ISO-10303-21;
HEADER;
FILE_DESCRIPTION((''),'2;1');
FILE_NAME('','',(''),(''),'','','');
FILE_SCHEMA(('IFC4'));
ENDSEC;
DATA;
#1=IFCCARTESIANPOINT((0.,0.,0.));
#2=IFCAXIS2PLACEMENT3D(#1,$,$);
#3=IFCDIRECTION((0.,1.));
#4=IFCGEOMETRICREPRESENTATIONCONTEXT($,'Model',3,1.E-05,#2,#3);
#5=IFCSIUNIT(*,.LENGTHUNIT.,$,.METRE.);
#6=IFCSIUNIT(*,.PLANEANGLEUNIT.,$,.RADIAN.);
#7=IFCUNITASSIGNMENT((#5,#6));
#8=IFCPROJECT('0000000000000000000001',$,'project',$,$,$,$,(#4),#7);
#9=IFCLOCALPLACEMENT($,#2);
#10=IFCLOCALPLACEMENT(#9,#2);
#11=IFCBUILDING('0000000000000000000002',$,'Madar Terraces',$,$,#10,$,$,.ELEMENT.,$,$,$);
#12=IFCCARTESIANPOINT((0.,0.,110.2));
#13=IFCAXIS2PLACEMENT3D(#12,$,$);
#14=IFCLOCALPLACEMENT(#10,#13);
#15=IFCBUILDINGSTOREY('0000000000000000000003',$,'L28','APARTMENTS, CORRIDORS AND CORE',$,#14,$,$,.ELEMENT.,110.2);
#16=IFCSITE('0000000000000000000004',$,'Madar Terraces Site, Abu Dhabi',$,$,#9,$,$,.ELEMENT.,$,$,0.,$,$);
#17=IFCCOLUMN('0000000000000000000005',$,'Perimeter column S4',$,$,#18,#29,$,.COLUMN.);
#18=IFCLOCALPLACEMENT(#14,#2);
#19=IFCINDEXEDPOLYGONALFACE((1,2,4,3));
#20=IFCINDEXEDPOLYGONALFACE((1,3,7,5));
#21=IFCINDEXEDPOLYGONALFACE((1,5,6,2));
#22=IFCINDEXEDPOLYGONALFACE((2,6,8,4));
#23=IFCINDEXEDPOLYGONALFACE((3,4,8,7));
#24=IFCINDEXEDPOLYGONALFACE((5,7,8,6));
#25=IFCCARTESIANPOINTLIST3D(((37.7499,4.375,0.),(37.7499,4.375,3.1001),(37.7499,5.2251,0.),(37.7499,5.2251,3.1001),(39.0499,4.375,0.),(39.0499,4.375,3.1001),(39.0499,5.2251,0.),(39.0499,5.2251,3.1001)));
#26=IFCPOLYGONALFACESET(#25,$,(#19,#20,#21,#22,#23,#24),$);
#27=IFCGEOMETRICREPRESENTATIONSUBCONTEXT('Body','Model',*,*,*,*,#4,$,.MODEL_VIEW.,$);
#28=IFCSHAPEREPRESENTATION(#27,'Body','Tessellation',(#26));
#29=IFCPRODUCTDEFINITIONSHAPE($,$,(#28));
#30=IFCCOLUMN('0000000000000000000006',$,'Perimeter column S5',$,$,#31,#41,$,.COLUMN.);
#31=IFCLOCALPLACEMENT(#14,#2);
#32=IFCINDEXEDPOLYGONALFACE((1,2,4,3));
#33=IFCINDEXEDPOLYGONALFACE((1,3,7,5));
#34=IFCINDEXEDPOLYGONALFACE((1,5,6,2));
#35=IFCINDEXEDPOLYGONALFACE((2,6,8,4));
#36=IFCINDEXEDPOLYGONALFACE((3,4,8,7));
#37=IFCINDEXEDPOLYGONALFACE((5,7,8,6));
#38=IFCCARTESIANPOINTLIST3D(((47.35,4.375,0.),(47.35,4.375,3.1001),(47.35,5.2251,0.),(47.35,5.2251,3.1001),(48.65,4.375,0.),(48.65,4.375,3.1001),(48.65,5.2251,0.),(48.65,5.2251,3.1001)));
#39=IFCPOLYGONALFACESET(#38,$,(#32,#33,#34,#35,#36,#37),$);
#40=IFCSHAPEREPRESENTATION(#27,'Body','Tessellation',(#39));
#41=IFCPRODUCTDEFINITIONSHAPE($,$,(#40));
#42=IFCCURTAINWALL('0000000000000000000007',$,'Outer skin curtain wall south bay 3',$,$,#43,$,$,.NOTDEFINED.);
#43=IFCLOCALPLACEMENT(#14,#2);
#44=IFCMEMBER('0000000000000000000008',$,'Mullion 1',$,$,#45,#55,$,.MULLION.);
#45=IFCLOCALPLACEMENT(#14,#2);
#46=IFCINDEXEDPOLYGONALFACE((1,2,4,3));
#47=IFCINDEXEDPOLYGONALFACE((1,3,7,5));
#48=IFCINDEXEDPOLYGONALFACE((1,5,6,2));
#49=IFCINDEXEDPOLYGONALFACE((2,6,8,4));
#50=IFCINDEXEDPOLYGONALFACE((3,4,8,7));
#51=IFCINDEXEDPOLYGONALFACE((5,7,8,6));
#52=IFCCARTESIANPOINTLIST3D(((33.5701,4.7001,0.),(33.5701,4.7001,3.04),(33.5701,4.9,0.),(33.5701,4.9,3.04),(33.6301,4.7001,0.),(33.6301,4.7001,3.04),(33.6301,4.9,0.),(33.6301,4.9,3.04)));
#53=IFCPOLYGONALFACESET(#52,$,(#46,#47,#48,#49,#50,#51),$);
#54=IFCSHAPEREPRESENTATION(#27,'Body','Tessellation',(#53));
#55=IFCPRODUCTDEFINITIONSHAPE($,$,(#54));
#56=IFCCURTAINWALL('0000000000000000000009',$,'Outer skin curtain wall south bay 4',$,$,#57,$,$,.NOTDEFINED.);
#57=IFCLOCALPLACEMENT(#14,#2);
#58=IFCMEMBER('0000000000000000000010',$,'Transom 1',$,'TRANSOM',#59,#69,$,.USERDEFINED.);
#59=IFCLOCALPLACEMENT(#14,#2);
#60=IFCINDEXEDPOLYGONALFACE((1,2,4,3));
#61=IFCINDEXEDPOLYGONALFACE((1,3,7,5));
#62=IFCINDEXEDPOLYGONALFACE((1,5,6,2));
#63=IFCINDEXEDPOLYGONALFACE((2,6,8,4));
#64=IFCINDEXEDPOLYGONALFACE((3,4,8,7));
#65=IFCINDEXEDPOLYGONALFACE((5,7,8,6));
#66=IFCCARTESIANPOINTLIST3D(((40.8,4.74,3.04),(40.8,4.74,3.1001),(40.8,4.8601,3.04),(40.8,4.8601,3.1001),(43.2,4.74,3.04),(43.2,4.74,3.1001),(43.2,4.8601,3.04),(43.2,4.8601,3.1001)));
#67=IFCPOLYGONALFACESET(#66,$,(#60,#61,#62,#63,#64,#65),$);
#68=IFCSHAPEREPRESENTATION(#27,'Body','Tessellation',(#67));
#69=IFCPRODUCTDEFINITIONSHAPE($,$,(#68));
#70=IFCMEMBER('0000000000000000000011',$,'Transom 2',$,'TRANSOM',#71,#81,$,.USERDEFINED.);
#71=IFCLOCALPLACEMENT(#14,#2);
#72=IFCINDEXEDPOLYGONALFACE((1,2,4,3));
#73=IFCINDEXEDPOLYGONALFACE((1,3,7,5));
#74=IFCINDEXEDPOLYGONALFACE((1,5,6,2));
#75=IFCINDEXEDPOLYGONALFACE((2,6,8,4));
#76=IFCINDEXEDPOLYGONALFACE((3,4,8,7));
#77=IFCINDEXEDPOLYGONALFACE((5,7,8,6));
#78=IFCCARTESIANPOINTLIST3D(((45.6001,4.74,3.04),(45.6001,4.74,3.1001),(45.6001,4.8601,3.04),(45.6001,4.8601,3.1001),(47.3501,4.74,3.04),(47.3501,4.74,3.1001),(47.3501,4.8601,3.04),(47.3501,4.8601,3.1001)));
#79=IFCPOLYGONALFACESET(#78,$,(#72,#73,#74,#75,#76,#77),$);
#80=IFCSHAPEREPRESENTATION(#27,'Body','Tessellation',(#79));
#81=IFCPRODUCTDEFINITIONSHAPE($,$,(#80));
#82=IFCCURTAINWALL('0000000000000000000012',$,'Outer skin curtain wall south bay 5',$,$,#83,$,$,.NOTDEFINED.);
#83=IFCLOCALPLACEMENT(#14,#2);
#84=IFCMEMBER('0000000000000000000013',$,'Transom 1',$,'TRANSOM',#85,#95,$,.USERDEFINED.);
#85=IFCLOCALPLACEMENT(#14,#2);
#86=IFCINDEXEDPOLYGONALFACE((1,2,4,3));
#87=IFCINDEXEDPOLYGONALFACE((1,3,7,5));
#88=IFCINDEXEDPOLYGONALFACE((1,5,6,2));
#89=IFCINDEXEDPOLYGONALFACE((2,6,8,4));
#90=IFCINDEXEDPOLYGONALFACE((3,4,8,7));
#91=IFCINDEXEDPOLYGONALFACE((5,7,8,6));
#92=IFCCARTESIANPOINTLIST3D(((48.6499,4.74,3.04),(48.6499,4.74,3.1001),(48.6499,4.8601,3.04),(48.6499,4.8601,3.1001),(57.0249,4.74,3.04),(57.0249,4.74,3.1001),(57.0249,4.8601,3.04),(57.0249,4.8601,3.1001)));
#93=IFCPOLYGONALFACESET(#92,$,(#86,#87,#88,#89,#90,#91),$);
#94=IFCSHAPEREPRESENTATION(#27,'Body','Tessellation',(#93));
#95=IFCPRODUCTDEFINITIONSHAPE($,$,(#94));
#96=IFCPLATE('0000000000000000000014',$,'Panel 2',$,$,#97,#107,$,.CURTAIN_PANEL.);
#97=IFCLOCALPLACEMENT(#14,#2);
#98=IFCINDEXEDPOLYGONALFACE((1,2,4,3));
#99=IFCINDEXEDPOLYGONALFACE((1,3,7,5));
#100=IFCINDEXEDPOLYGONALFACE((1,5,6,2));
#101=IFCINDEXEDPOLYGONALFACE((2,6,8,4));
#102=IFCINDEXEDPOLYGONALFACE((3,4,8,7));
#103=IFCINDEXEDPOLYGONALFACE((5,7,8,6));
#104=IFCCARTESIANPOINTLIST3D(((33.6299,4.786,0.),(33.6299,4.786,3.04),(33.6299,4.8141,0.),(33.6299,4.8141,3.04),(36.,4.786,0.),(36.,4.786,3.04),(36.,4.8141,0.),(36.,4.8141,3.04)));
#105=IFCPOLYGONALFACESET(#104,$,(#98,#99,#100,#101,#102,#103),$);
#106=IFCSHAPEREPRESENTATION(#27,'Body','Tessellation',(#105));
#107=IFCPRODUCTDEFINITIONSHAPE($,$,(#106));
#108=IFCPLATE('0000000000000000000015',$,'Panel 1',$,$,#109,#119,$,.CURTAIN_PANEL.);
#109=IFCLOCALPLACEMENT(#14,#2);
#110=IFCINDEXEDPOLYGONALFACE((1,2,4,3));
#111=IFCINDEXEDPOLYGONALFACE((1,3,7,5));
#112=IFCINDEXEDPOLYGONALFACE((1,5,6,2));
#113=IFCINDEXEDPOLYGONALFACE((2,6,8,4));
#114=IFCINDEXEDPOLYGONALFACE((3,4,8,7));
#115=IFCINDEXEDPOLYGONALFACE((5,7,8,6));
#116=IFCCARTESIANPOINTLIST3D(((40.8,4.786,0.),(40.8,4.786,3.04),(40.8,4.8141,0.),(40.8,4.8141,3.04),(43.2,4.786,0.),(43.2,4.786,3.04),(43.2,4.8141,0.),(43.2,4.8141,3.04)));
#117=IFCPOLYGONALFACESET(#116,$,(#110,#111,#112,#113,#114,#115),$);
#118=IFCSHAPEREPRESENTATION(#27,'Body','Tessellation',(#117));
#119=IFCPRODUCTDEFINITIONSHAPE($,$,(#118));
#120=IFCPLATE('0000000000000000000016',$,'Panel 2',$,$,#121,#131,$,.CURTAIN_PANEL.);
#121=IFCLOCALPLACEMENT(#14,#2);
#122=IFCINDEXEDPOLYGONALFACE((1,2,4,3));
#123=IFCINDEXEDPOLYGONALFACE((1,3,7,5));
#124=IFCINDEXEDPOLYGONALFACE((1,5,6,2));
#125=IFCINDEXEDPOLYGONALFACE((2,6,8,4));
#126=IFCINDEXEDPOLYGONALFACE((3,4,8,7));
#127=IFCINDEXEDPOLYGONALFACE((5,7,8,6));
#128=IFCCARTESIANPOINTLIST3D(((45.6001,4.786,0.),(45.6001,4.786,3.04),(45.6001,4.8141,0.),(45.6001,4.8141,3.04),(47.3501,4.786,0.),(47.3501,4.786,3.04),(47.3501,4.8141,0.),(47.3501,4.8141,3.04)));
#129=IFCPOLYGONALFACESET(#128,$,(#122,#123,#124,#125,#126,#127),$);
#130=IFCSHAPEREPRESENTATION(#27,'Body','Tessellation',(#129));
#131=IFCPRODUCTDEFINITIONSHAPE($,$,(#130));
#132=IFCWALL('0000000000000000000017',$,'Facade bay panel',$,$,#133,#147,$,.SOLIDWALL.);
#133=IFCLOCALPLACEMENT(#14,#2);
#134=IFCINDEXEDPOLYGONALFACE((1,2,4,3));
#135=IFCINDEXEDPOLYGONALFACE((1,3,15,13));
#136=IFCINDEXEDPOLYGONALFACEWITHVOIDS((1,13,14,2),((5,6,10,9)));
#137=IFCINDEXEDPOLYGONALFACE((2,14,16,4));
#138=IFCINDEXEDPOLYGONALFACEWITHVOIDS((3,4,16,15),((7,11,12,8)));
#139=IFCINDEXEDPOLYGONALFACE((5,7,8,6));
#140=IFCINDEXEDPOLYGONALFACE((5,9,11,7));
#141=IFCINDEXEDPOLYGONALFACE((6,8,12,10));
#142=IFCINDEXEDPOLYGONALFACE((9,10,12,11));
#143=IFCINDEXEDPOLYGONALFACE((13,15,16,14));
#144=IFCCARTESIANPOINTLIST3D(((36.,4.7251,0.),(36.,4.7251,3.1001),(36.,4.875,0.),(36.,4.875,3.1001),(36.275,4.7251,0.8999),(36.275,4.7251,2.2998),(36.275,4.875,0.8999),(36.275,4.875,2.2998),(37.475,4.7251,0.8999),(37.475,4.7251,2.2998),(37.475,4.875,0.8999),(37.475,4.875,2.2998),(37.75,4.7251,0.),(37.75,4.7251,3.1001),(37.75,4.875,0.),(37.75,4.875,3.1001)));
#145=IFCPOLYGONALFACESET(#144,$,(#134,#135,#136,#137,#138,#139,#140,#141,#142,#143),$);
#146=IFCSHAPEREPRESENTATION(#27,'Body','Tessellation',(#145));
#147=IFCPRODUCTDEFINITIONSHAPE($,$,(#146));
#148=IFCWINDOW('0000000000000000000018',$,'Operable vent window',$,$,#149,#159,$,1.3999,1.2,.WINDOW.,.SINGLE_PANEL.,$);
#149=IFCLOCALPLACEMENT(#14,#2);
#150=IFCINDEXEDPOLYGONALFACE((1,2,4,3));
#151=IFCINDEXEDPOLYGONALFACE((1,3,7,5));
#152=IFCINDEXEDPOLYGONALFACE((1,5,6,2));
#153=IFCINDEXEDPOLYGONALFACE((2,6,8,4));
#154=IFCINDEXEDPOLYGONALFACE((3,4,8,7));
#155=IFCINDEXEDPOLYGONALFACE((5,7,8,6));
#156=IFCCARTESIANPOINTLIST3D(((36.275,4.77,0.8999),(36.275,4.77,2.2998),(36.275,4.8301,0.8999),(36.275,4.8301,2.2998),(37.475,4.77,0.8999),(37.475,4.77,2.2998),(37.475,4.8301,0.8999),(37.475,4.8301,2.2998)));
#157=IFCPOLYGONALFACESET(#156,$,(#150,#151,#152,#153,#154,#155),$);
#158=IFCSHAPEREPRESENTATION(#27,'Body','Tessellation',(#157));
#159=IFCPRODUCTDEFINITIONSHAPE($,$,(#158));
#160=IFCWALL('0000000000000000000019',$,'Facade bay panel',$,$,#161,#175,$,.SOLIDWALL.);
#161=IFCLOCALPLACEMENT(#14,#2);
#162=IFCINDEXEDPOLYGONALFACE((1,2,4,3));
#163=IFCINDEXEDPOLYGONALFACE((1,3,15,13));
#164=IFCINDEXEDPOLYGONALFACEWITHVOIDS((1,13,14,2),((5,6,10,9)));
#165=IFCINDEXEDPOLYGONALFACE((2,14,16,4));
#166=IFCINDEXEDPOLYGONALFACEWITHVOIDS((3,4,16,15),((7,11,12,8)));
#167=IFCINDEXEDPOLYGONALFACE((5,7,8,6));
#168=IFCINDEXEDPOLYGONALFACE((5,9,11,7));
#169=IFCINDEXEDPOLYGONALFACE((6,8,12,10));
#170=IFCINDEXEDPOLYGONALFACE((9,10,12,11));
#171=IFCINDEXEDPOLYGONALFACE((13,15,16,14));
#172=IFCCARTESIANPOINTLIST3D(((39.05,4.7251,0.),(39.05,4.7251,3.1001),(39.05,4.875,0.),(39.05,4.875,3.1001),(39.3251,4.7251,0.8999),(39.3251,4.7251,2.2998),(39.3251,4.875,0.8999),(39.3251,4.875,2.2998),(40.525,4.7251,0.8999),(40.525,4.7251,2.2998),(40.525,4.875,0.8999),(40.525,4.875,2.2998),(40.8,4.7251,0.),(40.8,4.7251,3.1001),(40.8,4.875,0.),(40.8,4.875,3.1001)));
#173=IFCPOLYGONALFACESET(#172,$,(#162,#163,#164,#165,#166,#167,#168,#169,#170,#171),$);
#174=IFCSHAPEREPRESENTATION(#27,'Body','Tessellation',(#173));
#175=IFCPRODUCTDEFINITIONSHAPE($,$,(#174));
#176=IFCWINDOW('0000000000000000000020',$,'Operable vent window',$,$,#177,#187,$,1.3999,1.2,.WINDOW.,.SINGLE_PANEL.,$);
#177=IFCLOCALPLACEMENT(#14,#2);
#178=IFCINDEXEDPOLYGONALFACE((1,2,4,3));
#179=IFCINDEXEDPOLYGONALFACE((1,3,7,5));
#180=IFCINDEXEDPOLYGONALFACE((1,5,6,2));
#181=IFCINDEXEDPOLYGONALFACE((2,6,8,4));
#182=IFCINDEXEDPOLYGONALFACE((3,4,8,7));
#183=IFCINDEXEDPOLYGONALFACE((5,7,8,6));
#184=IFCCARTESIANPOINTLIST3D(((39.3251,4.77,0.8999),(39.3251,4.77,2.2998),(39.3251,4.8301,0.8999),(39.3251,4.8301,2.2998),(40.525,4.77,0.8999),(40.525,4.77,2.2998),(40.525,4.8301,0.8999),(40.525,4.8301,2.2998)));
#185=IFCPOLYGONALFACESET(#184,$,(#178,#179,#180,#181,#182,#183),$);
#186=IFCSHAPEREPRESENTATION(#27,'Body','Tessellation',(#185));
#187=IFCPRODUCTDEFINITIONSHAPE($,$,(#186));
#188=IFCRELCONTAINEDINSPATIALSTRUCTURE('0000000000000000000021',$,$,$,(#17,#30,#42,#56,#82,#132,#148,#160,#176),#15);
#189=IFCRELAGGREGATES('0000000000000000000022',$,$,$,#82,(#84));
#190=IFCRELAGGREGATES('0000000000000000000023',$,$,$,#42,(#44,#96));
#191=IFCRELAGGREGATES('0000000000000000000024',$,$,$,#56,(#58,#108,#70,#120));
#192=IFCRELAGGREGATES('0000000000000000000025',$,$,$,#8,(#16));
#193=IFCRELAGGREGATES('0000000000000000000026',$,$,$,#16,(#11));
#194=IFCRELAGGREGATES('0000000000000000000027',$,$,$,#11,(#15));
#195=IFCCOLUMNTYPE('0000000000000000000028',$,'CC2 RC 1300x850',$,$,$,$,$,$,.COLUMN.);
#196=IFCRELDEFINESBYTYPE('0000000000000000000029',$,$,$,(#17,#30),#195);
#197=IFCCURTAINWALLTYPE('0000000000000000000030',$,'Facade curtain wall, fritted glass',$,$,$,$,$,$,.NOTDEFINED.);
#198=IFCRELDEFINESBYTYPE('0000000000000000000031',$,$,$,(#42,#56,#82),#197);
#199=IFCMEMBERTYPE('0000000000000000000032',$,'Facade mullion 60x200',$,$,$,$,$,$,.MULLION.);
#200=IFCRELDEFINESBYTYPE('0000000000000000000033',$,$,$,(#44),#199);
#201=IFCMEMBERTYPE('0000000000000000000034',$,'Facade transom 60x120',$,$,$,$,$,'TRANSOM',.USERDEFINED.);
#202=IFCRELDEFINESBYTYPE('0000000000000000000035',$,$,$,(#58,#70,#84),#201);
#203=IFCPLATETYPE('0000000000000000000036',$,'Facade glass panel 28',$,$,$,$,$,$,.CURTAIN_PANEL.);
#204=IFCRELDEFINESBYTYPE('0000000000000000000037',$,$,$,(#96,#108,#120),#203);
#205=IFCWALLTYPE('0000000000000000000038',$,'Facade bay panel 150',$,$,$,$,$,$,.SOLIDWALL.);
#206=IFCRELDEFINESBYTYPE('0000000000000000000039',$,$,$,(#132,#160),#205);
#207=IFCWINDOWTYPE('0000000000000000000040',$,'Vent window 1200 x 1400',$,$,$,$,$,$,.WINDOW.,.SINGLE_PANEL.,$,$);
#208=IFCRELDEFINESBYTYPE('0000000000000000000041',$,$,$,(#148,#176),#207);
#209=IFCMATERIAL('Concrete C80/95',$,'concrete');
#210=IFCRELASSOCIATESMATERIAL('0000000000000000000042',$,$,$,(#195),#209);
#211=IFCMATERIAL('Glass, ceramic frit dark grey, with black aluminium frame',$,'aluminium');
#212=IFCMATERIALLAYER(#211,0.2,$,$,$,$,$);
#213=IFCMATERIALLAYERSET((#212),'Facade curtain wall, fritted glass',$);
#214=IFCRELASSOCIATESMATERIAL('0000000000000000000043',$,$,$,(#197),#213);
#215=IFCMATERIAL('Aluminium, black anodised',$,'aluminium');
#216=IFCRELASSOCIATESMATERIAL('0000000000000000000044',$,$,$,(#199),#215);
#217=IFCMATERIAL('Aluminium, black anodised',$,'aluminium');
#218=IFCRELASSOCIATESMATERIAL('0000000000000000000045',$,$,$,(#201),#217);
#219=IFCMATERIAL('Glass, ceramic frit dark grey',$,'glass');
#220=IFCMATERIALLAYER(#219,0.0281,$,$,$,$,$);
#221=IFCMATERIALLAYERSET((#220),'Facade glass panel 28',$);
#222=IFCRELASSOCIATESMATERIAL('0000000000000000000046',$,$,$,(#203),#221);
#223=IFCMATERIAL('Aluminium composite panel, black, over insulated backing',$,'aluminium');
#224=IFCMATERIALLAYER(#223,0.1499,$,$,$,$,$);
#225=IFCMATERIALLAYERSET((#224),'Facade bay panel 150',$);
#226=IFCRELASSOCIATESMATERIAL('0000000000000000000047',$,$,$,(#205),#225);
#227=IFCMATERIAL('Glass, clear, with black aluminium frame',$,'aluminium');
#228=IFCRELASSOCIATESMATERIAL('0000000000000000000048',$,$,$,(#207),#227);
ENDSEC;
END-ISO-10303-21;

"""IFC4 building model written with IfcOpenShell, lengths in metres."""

from ifc_helpers import new_model, si_unit, direction, frame, frame_2d, origin, origin_2d, place, context, subcontext, project, spatial, rectangle, extrude, material, layer, layer_set, material_profile, profile_set, type_object, element, fill, aggregate, save


model = new_model("IFC4")

# Units and contexts
model_context = context("Model", 3, precision=1e-05, world=origin(), true_north=direction((0.0, 1.0)))
body_context = subcontext(model_context, "Body", "Model", "MODEL_VIEW")
ifc_project = project(units=[si_unit("LENGTHUNIT", "METRE"), si_unit("PLANEANGLEUNIT", "RADIAN")], contexts=[model_context])

# Site, building, storey
site_placement = place(None, origin())
site = spatial("IfcSite", under=ifc_project, at=site_placement, Name="Madar Terraces Site, Abu Dhabi", CompositionType="ELEMENT", RefElevation=0.0)
building_placement = place(site_placement, origin())
building = spatial("IfcBuilding", under=site, at=building_placement, Name="Madar Terraces", CompositionType="ELEMENT")
storey_placement = place(building_placement, frame((0.0, 0.0, 110.2)))
storey = spatial("IfcBuildingStorey", under=building, at=storey_placement, Name="L28", Description="APARTMENTS, CORRIDORS AND CORE", CompositionType="ELEMENT", Elevation=110.2)

# Columns
ifc_material_1 = material(Name="Concrete C80/95", Category="concrete")
ifc_material_profile_1 = material_profile(ifc_material_1, rectangle(XDim=1.3, YDim=0.8501, at=origin_2d()), Name="CC2 RC 1300x850")
ifc_profile_set_1 = profile_set([ifc_material_profile_1], Name="Concrete C80/95")
column_type = type_object("IfcColumnType", Name="CC2 RC 1300x850", PredefinedType="COLUMN", material=ifc_profile_set_1)
for number, where, z_axis, x_axis, name in (
    (1, (38.3999, 4.8, 0.0), (0.0, 0.0, 1.0), (1.0, 0.0, 0.0), "Perimeter column S4"),
    (2, (48.0, 4.8, 0.0), (0.0, 0.0, 1.0), (1.0, 0.0, 0.0), "Perimeter column S5"),
):
    element("IfcColumn", number, at=place(storey_placement, frame(where, z_axis=z_axis, x_axis=x_axis)), inside=storey, type_object=column_type, Name=name, PredefinedType="COLUMN", context=body_context, shape_type="SweptSolid", body=[
        extrude(rectangle(XDim=1.3, YDim=0.8501, at=origin_2d()), origin(), (0.0, 0.0, 1.0), 3.1001),
    ])

# Curtain wall, member
ifc_material_2 = material(Name="Glass, ceramic frit dark grey, with black aluminium frame", Category="aluminium")
ifc_layer_1 = layer(ifc_material_2, 0.2)
ifc_layer_set_1 = layer_set([ifc_layer_1], Name="Facade curtain wall, fritted glass")
curtain_wall_type = type_object("IfcCurtainWallType", Name="Facade curtain wall, fritted glass", PredefinedType="NOTDEFINED", material=ifc_layer_set_1)
curtain_wall_1_placement = place(storey_placement, origin())
curtain_wall_1 = element("IfcCurtainWall", 3, at=curtain_wall_1_placement, inside=storey, type_object=curtain_wall_type, Name="Outer skin curtain wall south bay 3", PredefinedType="NOTDEFINED")
ifc_material_3 = material(Name="Aluminium, black anodised", Category="aluminium")
ifc_material_profile_2 = material_profile(ifc_material_3, rectangle(XDim=0.2, YDim=0.0601, at=origin_2d()), Name="Facade mullion 60x200")
ifc_profile_set_2 = profile_set([ifc_material_profile_2], Name="Aluminium, black anodised")
member_type_1 = type_object("IfcMemberType", Name="Facade mullion 60x200", PredefinedType="MULLION", material=ifc_profile_set_2)
member_1_placement = place(storey_placement, frame((33.6001, 4.8, 0.0), z_axis=(0.0, 0.0, 1.0), x_axis=(0.0, 1.0, 0.0)))
member_1 = element("IfcMember", 4, at=member_1_placement, type_object=member_type_1, Name="Mullion 1", PredefinedType="MULLION", context=body_context, shape_type="SweptSolid", body=[
    extrude(rectangle(XDim=0.2, YDim=0.0601, at=origin_2d()), origin(), (0.0, 0.0, 1.0), 3.04),
])

# Curtain wall, members
curtain_wall_2_placement = place(storey_placement, origin())
curtain_wall_2 = element("IfcCurtainWall", 5, at=curtain_wall_2_placement, inside=storey, type_object=curtain_wall_type, Name="Outer skin curtain wall south bay 4", PredefinedType="NOTDEFINED")
ifc_material_4 = material(Name="Aluminium, black anodised", Category="aluminium")
ifc_material_profile_3 = material_profile(ifc_material_4, rectangle(XDim=0.1201, YDim=0.0601, at=origin_2d()), Name="Facade transom 60x120")
ifc_profile_set_3 = profile_set([ifc_material_profile_3], Name="Aluminium, black anodised")
member_type_2 = type_object("IfcMemberType", Name="Facade transom 60x120", ElementType="TRANSOM", PredefinedType="USERDEFINED", material=ifc_profile_set_3)
member_2_placement = place(storey_placement, frame((40.8, 4.8, 3.0701), z_axis=(1.0, 0.0, 0.0), x_axis=(0.0, 1.0, 0.0)))
member_2 = element("IfcMember", 6, at=member_2_placement, type_object=member_type_2, Name="Transom 1", ObjectType="TRANSOM", PredefinedType="USERDEFINED", context=body_context, shape_type="SweptSolid", body=[
    extrude(rectangle(XDim=0.1201, YDim=0.0601, at=origin_2d()), origin(), (0.0, 0.0, 1.0), 2.3999),
])
member_3_placement = place(storey_placement, frame((45.6001, 4.8, 3.0701), z_axis=(1.0, 0.0, 0.0), x_axis=(0.0, 1.0, 0.0)))
member_3 = element("IfcMember", 7, at=member_3_placement, type_object=member_type_2, Name="Transom 2", ObjectType="TRANSOM", PredefinedType="USERDEFINED", context=body_context, shape_type="SweptSolid", body=[
    extrude(rectangle(XDim=0.1201, YDim=0.0601, at=origin_2d()), origin(), (0.0, 0.0, 1.0), 1.75),
])

# Curtain wall, member
curtain_wall_3_placement = place(storey_placement, origin())
curtain_wall_3 = element("IfcCurtainWall", 8, at=curtain_wall_3_placement, inside=storey, type_object=curtain_wall_type, Name="Outer skin curtain wall south bay 5", PredefinedType="NOTDEFINED")
member_4_placement = place(storey_placement, frame((48.6499, 4.8, 3.0701), z_axis=(1.0, 0.0, 0.0), x_axis=(0.0, 1.0, 0.0)))
member_4 = element("IfcMember", 9, at=member_4_placement, type_object=member_type_2, Name="Transom 1", ObjectType="TRANSOM", PredefinedType="USERDEFINED", context=body_context, shape_type="SweptSolid", body=[
    extrude(rectangle(XDim=0.1201, YDim=0.0601, at=origin_2d()), origin(), (0.0, 0.0, 1.0), 8.375),
])
aggregate(curtain_wall_3, [member_4])

# Plates
ifc_material_5 = material(Name="Glass, ceramic frit dark grey", Category="glass")
ifc_layer_2 = layer(ifc_material_5, 0.0281)
ifc_layer_set_2 = layer_set([ifc_layer_2], Name="Facade glass panel 28")
plate_type = type_object("IfcPlateType", Name="Facade glass panel 28", PredefinedType="CURTAIN_PANEL", material=ifc_layer_set_2)
plate_1_placement = place(storey_placement, frame((34.8149, 4.8, 0.0), z_axis=(0.0, 0.0, 1.0), x_axis=(1.0, 0.0, 0.0)))
plate_1 = element("IfcPlate", 10, at=plate_1_placement, type_object=plate_type, Name="Panel 2", PredefinedType="CURTAIN_PANEL", context=body_context, shape_type="SweptSolid", body=[
    extrude(rectangle(XDim=2.3701, YDim=0.0281, at=origin_2d()), origin(), (0.0, 0.0, 1.0), 3.04),
])
aggregate(curtain_wall_1, [member_1, plate_1])
plate_2_placement = place(storey_placement, frame((42.0, 4.8, 0.0), z_axis=(0.0, 0.0, 1.0), x_axis=(1.0, 0.0, 0.0)))
plate_2 = element("IfcPlate", 11, at=plate_2_placement, type_object=plate_type, Name="Panel 1", PredefinedType="CURTAIN_PANEL", context=body_context, shape_type="SweptSolid", body=[
    extrude(rectangle(XDim=2.3999, YDim=0.0281, at=origin_2d()), origin(), (0.0, 0.0, 1.0), 3.04),
])
plate_3_placement = place(storey_placement, frame((46.4751, 4.8, 0.0), z_axis=(0.0, 0.0, 1.0), x_axis=(1.0, 0.0, 0.0)))
plate_3 = element("IfcPlate", 12, at=plate_3_placement, type_object=plate_type, Name="Panel 2", PredefinedType="CURTAIN_PANEL", context=body_context, shape_type="SweptSolid", body=[
    extrude(rectangle(XDim=1.75, YDim=0.0281, at=origin_2d()), origin(), (0.0, 0.0, 1.0), 3.04),
])
aggregate(curtain_wall_2, [member_2, plate_2, member_3, plate_3])

# Walls, openings, windows
ifc_material_6 = material(Name="Aluminium composite panel, black, over insulated backing", Category="aluminium")
ifc_layer_3 = layer(ifc_material_6, 0.1499)
ifc_layer_set_3 = layer_set([ifc_layer_3], Name="Facade bay panel 150")
wall_type_1 = type_object("IfcWallType", Name="Facade bay panel 150", PredefinedType="SOLIDWALL", material=ifc_layer_set_3)
wall_1_placement = place(storey_placement, frame((36.0, 4.8, 0.0), z_axis=(0.0, 0.0, 1.0), x_axis=(1.0, 0.0, 0.0)))
wall_1 = element("IfcWall", 13, at=wall_1_placement, inside=storey, type_object=wall_type_1, Name="Facade bay panel", PredefinedType="SOLIDWALL", context=body_context, shape_type="SweptSolid", body=[
    extrude(rectangle(XDim=1.75, YDim=0.1499, at=frame_2d((0.875, 0.0))), origin(), (0.0, 0.0, 1.0), 3.1001),
])
opening_1_placement = place(wall_1_placement, frame((0.2749, 0.0, 0.8999)))
opening_1 = element("IfcOpeningElement", 14, at=opening_1_placement, cuts=wall_1, PredefinedType="OPENING", context=body_context, shape_type="SweptSolid", body=[
    extrude(rectangle(XDim=1.2, YDim=1.3999, at=frame_2d((0.6001, 0.7))), frame((0.0, 0.085, 0.0), z_axis=(0.0, -1.0, 0.0), x_axis=(1.0, 0.0, 0.0)), (0.0, 0.0, 1.0), 0.1699),
])
ifc_material_7 = material(Name="Glass, clear, with black aluminium frame", Category="aluminium")
window_type = type_object("IfcWindowType", Name="Vent window 1200 x 1400", PartitioningType="SINGLE_PANEL", PredefinedType="WINDOW", material=ifc_material_7)
window_1_placement = place(opening_1_placement, origin())
window_1 = element("IfcWindow", 15, at=window_1_placement, inside=storey, type_object=window_type, Name="Operable vent window", OverallHeight=1.3999, OverallWidth=1.2, PartitioningType="SINGLE_PANEL", PredefinedType="WINDOW", context=body_context, shape_type="SweptSolid", body=[
    extrude(rectangle(XDim=1.2, YDim=1.3999, at=frame_2d((0.6001, 0.7))), frame((0.0, 0.03, 0.0), z_axis=(0.0, -1.0, 0.0), x_axis=(1.0, 0.0, 0.0)), (0.0, 0.0, 1.0), 0.0601),
])
fill(opening_1, window_1)
wall_2_placement = place(storey_placement, frame((39.05, 4.8, 0.0), z_axis=(0.0, 0.0, 1.0), x_axis=(1.0, 0.0, 0.0)))
wall_2 = element("IfcWall", 16, at=wall_2_placement, inside=storey, type_object=wall_type_1, Name="Facade bay panel", PredefinedType="SOLIDWALL", context=body_context, shape_type="SweptSolid", body=[
    extrude(rectangle(XDim=1.75, YDim=0.1499, at=frame_2d((0.875, 0.0))), origin(), (0.0, 0.0, 1.0), 3.1001),
])
opening_2_placement = place(wall_2_placement, frame((0.2749, 0.0, 0.8999)))
opening_2 = element("IfcOpeningElement", 17, at=opening_2_placement, cuts=wall_2, PredefinedType="OPENING", context=body_context, shape_type="SweptSolid", body=[
    extrude(rectangle(XDim=1.2, YDim=1.3999, at=frame_2d((0.6001, 0.7))), frame((0.0, 0.085, 0.0), z_axis=(0.0, -1.0, 0.0), x_axis=(1.0, 0.0, 0.0)), (0.0, 0.0, 1.0), 0.1699),
])
window_2_placement = place(opening_2_placement, origin())
window_2 = element("IfcWindow", 18, at=window_2_placement, inside=storey, type_object=window_type, Name="Operable vent window", OverallHeight=1.3999, OverallWidth=1.2, PartitioningType="SINGLE_PANEL", PredefinedType="WINDOW", context=body_context, shape_type="SweptSolid", body=[
    extrude(rectangle(XDim=1.2, YDim=1.3999, at=frame_2d((0.6001, 0.7))), frame((0.0, 0.03, 0.0), z_axis=(0.0, -1.0, 0.0), x_axis=(1.0, 0.0, 0.0)), (0.0, 0.0, 1.0), 0.0601),
])
fill(opening_2, window_2)

save(model, "model.ifc")
